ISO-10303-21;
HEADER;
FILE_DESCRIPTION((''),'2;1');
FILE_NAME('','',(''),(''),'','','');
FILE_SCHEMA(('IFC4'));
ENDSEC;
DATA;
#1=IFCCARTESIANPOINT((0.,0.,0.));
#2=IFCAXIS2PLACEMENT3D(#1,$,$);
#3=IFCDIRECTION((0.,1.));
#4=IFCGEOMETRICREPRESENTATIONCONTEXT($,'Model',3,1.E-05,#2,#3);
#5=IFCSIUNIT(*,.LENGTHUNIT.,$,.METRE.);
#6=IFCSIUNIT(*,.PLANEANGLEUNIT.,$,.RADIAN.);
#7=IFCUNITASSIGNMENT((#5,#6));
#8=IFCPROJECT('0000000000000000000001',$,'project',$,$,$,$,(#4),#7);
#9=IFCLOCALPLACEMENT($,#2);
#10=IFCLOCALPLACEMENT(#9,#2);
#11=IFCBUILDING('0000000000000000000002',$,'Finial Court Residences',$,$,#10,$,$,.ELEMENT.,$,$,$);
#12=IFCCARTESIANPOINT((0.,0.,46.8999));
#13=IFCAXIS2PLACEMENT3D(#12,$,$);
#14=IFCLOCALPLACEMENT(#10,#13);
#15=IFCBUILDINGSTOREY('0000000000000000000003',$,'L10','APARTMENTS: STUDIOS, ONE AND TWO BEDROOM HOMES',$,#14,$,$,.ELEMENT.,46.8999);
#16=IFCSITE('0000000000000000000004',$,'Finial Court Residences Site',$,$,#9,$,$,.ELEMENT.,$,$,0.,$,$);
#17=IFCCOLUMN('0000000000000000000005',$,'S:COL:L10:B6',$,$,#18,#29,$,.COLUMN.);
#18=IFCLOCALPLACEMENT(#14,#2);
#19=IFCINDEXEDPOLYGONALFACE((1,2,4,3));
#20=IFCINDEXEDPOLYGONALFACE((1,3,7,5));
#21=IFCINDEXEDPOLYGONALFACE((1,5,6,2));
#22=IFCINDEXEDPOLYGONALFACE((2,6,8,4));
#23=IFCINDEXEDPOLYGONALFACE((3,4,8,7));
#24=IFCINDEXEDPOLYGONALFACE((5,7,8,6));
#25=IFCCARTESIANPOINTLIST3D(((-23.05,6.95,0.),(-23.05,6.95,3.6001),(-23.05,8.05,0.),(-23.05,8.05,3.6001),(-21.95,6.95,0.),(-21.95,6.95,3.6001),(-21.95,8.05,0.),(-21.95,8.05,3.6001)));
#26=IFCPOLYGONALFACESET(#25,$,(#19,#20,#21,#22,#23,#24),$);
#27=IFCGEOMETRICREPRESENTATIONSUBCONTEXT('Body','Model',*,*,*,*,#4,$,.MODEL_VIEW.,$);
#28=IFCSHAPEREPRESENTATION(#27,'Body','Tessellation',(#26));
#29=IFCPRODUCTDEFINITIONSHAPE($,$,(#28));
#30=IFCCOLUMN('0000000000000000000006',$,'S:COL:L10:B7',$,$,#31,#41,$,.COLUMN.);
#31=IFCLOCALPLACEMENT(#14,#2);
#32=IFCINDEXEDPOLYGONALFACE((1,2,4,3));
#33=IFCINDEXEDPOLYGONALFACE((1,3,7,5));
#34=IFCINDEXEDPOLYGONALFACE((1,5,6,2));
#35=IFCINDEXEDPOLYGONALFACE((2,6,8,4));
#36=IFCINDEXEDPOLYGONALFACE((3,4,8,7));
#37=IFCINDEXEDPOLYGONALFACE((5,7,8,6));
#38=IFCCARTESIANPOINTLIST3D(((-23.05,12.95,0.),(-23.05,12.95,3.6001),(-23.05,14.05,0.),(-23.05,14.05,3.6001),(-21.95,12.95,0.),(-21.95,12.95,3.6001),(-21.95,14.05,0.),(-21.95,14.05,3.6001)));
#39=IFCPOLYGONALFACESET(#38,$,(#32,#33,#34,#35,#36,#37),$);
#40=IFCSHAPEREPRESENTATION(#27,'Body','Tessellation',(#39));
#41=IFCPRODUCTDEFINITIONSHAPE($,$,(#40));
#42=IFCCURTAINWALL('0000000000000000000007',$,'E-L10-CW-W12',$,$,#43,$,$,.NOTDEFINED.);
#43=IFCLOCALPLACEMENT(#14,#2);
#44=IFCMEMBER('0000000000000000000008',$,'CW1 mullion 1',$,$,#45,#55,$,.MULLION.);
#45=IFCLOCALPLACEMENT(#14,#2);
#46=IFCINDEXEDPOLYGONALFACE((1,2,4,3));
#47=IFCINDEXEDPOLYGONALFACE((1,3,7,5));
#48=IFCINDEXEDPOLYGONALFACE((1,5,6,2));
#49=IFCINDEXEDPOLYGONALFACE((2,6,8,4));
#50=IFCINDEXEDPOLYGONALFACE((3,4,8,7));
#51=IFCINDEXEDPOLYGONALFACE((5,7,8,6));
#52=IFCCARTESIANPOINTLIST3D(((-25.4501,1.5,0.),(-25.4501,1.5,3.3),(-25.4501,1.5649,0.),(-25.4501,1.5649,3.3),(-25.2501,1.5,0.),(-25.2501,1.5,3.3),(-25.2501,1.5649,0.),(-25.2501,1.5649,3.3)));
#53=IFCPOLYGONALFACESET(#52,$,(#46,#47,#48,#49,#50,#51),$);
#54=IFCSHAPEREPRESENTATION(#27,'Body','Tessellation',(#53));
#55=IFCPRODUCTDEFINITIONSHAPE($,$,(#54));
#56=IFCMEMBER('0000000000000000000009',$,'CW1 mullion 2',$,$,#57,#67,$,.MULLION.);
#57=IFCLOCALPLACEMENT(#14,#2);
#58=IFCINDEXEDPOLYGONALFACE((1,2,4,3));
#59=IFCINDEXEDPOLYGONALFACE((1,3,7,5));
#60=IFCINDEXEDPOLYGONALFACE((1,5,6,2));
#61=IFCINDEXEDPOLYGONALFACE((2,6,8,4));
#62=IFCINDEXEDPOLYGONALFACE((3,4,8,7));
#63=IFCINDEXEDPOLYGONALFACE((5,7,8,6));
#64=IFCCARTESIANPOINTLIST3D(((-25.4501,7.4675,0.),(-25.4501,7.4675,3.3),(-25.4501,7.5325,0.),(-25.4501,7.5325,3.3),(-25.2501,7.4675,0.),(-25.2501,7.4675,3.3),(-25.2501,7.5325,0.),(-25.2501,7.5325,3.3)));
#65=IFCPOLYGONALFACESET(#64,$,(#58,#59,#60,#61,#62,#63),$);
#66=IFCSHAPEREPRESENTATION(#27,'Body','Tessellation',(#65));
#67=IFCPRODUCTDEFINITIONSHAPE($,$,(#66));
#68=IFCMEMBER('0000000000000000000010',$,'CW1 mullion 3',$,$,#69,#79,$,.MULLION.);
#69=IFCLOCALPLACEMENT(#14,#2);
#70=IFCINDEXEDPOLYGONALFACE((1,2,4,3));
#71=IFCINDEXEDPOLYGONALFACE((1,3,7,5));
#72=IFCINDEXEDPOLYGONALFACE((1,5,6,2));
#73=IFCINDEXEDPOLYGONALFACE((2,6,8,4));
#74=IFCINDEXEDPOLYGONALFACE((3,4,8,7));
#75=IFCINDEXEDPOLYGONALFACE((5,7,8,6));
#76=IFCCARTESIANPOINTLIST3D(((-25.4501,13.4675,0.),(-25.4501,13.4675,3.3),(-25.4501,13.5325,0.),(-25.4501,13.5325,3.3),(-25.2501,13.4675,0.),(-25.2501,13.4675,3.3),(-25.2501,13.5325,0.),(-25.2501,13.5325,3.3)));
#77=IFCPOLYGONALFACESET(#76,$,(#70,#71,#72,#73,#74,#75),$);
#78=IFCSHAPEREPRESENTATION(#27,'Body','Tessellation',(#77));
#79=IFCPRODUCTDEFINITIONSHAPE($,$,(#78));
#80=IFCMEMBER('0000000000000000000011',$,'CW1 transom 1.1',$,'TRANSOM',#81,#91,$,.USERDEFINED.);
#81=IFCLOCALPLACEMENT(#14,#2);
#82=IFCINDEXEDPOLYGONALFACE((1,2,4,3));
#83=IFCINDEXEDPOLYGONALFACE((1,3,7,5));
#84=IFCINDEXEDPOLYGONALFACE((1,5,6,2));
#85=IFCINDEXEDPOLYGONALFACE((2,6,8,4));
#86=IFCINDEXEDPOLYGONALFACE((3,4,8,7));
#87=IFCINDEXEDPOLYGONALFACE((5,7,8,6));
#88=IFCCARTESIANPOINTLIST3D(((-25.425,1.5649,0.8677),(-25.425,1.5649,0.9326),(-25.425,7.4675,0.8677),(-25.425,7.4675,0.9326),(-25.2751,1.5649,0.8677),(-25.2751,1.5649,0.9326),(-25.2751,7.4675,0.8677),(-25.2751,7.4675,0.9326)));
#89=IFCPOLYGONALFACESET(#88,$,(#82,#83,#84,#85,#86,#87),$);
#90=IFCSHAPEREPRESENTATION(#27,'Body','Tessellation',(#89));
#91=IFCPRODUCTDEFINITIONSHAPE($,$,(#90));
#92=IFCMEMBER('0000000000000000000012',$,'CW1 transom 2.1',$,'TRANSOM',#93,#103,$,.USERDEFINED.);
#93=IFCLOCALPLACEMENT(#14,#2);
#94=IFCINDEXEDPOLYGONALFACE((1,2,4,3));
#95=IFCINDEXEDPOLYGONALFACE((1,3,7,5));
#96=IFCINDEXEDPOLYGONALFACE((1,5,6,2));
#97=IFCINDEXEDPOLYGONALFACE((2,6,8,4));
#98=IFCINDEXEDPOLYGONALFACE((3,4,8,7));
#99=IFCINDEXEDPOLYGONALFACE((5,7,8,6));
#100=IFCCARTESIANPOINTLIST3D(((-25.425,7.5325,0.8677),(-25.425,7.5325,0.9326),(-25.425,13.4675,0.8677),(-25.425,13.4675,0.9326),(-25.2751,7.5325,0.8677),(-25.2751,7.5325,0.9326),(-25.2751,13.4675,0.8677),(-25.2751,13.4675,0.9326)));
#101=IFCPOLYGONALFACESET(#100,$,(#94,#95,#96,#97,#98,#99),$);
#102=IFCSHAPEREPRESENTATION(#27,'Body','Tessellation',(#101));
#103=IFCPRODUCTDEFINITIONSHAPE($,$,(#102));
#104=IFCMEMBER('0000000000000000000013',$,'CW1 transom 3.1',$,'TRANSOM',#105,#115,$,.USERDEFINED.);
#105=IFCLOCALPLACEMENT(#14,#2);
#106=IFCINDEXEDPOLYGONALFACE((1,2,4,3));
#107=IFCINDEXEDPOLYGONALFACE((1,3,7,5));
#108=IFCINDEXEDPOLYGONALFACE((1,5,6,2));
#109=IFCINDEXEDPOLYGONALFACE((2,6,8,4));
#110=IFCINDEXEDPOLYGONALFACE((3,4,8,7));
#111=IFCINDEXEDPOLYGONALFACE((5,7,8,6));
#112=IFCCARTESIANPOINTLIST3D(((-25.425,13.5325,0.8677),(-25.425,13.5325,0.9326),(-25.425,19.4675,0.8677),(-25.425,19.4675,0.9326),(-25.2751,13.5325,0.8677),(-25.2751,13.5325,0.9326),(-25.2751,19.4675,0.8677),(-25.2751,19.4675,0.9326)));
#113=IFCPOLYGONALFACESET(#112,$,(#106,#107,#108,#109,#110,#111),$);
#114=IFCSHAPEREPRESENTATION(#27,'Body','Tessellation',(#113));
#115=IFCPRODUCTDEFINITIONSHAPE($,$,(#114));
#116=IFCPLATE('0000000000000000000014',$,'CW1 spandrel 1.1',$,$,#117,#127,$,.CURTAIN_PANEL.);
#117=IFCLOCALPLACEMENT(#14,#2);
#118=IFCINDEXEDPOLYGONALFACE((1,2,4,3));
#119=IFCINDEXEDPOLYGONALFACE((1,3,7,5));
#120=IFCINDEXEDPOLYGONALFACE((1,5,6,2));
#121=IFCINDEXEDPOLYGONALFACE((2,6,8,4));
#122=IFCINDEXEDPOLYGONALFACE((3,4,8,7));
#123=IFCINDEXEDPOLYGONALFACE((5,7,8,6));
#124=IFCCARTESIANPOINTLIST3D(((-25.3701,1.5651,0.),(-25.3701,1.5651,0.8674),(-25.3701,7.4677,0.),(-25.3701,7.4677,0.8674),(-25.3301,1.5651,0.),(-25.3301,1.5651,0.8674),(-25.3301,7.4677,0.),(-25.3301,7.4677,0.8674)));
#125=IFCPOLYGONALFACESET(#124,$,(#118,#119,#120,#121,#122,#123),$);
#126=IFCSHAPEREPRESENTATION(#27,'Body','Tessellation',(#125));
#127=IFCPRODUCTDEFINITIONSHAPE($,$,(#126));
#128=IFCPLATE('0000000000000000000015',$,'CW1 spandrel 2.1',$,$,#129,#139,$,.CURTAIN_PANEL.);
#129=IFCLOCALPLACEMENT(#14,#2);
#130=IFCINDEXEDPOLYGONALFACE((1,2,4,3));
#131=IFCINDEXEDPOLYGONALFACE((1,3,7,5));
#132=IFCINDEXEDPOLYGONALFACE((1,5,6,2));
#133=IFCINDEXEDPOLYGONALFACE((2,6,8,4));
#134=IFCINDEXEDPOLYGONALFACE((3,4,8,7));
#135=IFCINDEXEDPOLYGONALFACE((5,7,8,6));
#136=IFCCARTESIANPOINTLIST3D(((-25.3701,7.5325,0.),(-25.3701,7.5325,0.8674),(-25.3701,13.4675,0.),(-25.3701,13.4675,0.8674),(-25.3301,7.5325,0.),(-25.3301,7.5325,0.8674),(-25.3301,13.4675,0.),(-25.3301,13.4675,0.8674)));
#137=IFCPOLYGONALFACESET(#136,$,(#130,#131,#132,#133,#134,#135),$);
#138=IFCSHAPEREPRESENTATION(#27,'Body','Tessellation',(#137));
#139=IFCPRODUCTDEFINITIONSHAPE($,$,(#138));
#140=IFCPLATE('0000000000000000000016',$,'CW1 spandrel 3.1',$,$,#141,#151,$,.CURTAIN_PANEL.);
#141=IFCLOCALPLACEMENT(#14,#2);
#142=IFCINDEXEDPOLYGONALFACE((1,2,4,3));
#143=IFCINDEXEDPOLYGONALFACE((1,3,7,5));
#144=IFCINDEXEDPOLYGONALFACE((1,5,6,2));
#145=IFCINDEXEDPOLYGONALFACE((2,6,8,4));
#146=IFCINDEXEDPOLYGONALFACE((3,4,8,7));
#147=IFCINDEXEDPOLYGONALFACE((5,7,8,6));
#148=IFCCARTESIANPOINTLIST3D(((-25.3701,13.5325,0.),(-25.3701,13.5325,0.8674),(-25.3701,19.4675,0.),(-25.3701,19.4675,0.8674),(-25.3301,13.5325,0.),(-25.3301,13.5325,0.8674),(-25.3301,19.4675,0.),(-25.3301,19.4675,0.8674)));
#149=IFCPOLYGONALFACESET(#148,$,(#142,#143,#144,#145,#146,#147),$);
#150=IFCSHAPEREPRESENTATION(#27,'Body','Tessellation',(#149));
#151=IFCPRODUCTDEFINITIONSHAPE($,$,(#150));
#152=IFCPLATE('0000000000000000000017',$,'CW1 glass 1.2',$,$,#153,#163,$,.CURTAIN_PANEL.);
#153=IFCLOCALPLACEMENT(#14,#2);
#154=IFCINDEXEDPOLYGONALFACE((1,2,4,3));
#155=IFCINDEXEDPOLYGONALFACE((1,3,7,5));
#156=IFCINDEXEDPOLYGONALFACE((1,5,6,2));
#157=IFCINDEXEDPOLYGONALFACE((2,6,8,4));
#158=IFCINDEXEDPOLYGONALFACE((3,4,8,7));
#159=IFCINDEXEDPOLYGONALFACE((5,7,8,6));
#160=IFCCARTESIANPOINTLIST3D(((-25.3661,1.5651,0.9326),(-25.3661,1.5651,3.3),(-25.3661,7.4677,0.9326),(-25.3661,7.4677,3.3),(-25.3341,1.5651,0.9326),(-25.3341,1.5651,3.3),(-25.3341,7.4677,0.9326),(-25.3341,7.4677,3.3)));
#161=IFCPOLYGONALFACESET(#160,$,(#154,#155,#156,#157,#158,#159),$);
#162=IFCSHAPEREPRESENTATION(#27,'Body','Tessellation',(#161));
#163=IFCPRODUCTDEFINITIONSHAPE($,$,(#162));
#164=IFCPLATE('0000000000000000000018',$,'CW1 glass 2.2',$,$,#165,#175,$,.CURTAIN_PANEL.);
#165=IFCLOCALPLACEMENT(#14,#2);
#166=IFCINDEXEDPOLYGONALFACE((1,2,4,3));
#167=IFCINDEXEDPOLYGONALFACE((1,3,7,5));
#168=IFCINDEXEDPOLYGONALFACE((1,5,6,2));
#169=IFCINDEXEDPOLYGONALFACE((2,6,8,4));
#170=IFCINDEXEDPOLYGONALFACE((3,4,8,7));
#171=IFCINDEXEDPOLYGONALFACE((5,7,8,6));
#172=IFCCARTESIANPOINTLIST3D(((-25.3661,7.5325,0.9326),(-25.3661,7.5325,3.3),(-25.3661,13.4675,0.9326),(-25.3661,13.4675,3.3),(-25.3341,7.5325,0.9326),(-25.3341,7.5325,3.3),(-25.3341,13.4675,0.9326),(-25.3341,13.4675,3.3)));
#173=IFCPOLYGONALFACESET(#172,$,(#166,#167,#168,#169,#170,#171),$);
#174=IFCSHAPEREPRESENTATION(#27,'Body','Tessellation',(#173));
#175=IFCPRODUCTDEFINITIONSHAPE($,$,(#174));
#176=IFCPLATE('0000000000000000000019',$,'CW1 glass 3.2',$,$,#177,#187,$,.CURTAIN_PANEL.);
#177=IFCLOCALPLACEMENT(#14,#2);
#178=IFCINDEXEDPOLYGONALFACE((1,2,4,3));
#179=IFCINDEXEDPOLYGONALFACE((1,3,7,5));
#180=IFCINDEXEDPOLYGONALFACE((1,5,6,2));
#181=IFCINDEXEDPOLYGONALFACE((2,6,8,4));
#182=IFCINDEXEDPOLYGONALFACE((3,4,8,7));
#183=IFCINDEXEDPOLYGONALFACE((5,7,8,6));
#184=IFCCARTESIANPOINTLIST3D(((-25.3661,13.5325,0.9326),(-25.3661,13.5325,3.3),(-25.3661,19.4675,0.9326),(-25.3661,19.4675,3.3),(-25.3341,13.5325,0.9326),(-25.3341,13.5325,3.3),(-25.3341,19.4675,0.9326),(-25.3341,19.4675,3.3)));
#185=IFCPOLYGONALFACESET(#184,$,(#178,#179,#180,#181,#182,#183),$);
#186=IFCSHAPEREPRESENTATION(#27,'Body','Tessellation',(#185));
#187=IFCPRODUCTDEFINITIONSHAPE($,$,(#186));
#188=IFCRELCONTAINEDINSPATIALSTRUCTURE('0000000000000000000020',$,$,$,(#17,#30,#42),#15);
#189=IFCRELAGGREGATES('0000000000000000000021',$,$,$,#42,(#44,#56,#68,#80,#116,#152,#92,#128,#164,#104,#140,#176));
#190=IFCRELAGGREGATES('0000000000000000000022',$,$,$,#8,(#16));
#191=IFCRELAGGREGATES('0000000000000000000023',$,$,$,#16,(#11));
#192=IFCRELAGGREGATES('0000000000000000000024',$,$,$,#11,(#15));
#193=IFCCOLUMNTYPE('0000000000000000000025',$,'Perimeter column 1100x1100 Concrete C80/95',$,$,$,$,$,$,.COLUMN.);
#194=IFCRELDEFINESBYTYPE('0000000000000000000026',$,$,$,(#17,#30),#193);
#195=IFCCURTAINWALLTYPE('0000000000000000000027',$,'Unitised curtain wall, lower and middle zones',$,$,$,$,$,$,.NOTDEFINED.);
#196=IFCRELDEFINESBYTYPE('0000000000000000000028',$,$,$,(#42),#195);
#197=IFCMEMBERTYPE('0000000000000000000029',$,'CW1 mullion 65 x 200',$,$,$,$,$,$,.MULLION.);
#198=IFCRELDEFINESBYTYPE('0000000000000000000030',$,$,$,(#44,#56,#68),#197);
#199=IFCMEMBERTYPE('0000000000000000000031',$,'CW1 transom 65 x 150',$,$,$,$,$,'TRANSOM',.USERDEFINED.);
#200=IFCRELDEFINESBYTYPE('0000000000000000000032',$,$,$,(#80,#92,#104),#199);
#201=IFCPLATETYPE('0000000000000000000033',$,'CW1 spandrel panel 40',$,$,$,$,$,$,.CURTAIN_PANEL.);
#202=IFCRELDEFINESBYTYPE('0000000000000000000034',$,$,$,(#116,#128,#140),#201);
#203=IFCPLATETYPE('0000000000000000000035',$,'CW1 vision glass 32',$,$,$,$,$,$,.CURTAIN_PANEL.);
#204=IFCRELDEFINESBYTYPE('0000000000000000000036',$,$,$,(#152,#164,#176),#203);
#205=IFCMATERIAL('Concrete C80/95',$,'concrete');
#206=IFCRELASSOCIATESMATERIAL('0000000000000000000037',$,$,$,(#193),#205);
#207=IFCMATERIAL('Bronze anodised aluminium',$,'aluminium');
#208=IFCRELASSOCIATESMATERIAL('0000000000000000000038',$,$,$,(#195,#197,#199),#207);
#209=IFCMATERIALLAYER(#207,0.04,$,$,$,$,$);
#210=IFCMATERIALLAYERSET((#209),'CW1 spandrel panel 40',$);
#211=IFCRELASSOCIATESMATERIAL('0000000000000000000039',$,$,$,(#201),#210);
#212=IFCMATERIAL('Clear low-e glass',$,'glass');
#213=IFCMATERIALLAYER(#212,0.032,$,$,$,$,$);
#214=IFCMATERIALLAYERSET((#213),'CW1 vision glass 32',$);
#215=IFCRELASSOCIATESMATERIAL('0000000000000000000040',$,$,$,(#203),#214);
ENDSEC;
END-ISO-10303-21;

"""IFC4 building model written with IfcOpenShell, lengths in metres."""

from ifc_helpers import new_model, si_unit, direction, frame, origin, origin_2d, place, context, subcontext, project, spatial, rectangle, extrude, material, layer, layer_set, material_profile, profile_set, type_object, element, aggregate, save


model = new_model("IFC4")

# Units and contexts
model_context = context("Model", 3, precision=1e-05, world=origin(), true_north=direction((0.0, 1.0)))
body_context = subcontext(model_context, "Body", "Model", "MODEL_VIEW")
ifc_project = project(units=[si_unit("LENGTHUNIT", "METRE"), si_unit("PLANEANGLEUNIT", "RADIAN")], contexts=[model_context])

# Site, building, storey
site_placement = place(None, origin())
site = spatial("IfcSite", under=ifc_project, at=site_placement, Name="Finial Court Residences Site", CompositionType="ELEMENT", RefElevation=0.0)
building_placement = place(site_placement, origin())
building = spatial("IfcBuilding", under=site, at=building_placement, Name="Finial Court Residences", CompositionType="ELEMENT")
storey_placement = place(building_placement, frame((0.0, 0.0, 46.8999)))
storey = spatial("IfcBuildingStorey", under=building, at=storey_placement, Name="L10", Description="APARTMENTS: STUDIOS, ONE AND TWO BEDROOM HOMES", CompositionType="ELEMENT", Elevation=46.8999)

# Columns
ifc_material_1 = material(Name="Concrete C80/95", Category="concrete")
ifc_material_profile_1 = material_profile(ifc_material_1, rectangle(XDim=1.1001, YDim=1.1001, at=origin_2d()), Name="1100x1100")
ifc_profile_set_1 = profile_set([ifc_material_profile_1], Name="Concrete C80/95")
column_type = type_object("IfcColumnType", Name="Perimeter column 1100x1100 Concrete C80/95", PredefinedType="COLUMN", material=ifc_profile_set_1)
for number, where, z_axis, x_axis, name in (
    (1, (-22.5, 7.5, 0.0), (0.0, 0.0, 1.0), (1.0, 0.0, 0.0), "S:COL:L10:B6"),
    (2, (-22.5, 13.5, 0.0), (0.0, 0.0, 1.0), (1.0, 0.0, 0.0), "S:COL:L10:B7"),
):
    element("IfcColumn", number, at=place(storey_placement, frame(where, z_axis=z_axis, x_axis=x_axis)), inside=storey, type_object=column_type, Name=name, PredefinedType="COLUMN", context=body_context, shape_type="SweptSolid", body=[
        extrude(rectangle(XDim=1.1001, YDim=1.1001, at=origin_2d()), origin(), (0.0, 0.0, 1.0), 3.6001),
    ])

# Curtain wall, members, plates
ifc_material_2 = material(Name="Bronze anodised aluminium", Category="aluminium")
curtain_wall_type = type_object("IfcCurtainWallType", Name="Unitised curtain wall, lower and middle zones", PredefinedType="NOTDEFINED", material=ifc_material_2)
curtain_wall_placement = place(storey_placement, origin())
curtain_wall = element("IfcCurtainWall", 3, at=curtain_wall_placement, inside=storey, type_object=curtain_wall_type, Name="E-L10-CW-W12", PredefinedType="NOTDEFINED")
ifc_material_profile_2 = material_profile(ifc_material_2, rectangle(XDim=0.2, YDim=0.0649, at=origin_2d()), Name="CW1 mullion 65 x 200")
ifc_profile_set_2 = profile_set([ifc_material_profile_2], Name="Bronze anodised aluminium")
member_type_1 = type_object("IfcMemberType", Name="CW1 mullion 65 x 200", PredefinedType="MULLION", material=ifc_profile_set_2)
member_1_placement = place(storey_placement, frame((-25.3501, 1.5325, 0.0), z_axis=(0.0, 0.0, 1.0), x_axis=(-1.0, 0.0, 0.0)))
member_1 = element("IfcMember", 4, at=member_1_placement, type_object=member_type_1, Name="CW1 mullion 1", PredefinedType="MULLION", context=body_context, shape_type="SweptSolid", body=[
    extrude(rectangle(XDim=0.2, YDim=0.0649, at=origin_2d()), origin(), (0.0, 0.0, 1.0), 3.3),
])
member_2_placement = place(storey_placement, frame((-25.3501, 7.5, 0.0), z_axis=(0.0, 0.0, 1.0), x_axis=(-1.0, 0.0, 0.0)))
member_2 = element("IfcMember", 5, at=member_2_placement, type_object=member_type_1, Name="CW1 mullion 2", PredefinedType="MULLION", context=body_context, shape_type="SweptSolid", body=[
    extrude(rectangle(XDim=0.2, YDim=0.0649, at=origin_2d()), origin(), (0.0, 0.0, 1.0), 3.3),
])
member_3_placement = place(storey_placement, frame((-25.3501, 13.5, 0.0), z_axis=(0.0, 0.0, 1.0), x_axis=(-1.0, 0.0, 0.0)))
member_3 = element("IfcMember", 6, at=member_3_placement, type_object=member_type_1, Name="CW1 mullion 3", PredefinedType="MULLION", context=body_context, shape_type="SweptSolid", body=[
    extrude(rectangle(XDim=0.2, YDim=0.0649, at=origin_2d()), origin(), (0.0, 0.0, 1.0), 3.3),
])
ifc_material_profile_3 = material_profile(ifc_material_2, rectangle(XDim=0.1499, YDim=0.0649, at=origin_2d()), Name="CW1 transom 65 x 150")
ifc_profile_set_3 = profile_set([ifc_material_profile_3], Name="Bronze anodised aluminium")
member_type_2 = type_object("IfcMemberType", Name="CW1 transom 65 x 150", ElementType="TRANSOM", PredefinedType="USERDEFINED", material=ifc_profile_set_3)
member_4_placement = place(storey_placement, frame((-25.3501, 1.5649, 0.9001), z_axis=(0.0, 1.0, 0.0), x_axis=(-1.0, 0.0, 0.0)))
member_4 = element("IfcMember", 7, at=member_4_placement, type_object=member_type_2, Name="CW1 transom 1.1", ObjectType="TRANSOM", PredefinedType="USERDEFINED", context=body_context, shape_type="SweptSolid", body=[
    extrude(rectangle(XDim=0.1499, YDim=0.0649, at=origin_2d()), origin(), (0.0, 0.0, 1.0), 5.9026),
])
member_5_placement = place(storey_placement, frame((-25.3501, 7.5325, 0.9001), z_axis=(0.0, 1.0, 0.0), x_axis=(-1.0, 0.0, 0.0)))
member_5 = element("IfcMember", 8, at=member_5_placement, type_object=member_type_2, Name="CW1 transom 2.1", ObjectType="TRANSOM", PredefinedType="USERDEFINED", context=body_context, shape_type="SweptSolid", body=[
    extrude(rectangle(XDim=0.1499, YDim=0.0649, at=origin_2d()), origin(), (0.0, 0.0, 1.0), 5.9351),
])
member_6_placement = place(storey_placement, frame((-25.3501, 13.5325, 0.9001), z_axis=(0.0, 1.0, 0.0), x_axis=(-1.0, 0.0, 0.0)))
member_6 = element("IfcMember", 9, at=member_6_placement, type_object=member_type_2, Name="CW1 transom 3.1", ObjectType="TRANSOM", PredefinedType="USERDEFINED", context=body_context, shape_type="SweptSolid", body=[
    extrude(rectangle(XDim=0.1499, YDim=0.0649, at=origin_2d()), origin(), (0.0, 0.0, 1.0), 5.9351),
])
ifc_layer_1 = layer(ifc_material_2, 0.04)
ifc_layer_set_1 = layer_set([ifc_layer_1], Name="CW1 spandrel panel 40")
plate_type_1 = type_object("IfcPlateType", Name="CW1 spandrel panel 40", PredefinedType="CURTAIN_PANEL", material=ifc_layer_set_1)
plate_1_placement = place(storey_placement, frame((-25.3501, 4.5164, 0.0), z_axis=(0.0, 0.0, 1.0), x_axis=(0.0, 1.0, 0.0)))
plate_1 = element("IfcPlate", 10, at=plate_1_placement, type_object=plate_type_1, Name="CW1 spandrel 1.1", PredefinedType="CURTAIN_PANEL", context=body_context, shape_type="SweptSolid", body=[
    extrude(rectangle(XDim=5.9026, YDim=0.04, at=origin_2d()), origin(), (0.0, 0.0, 1.0), 0.8674),
])
plate_2_placement = place(storey_placement, frame((-25.3501, 10.5, 0.0), z_axis=(0.0, 0.0, 1.0), x_axis=(0.0, 1.0, 0.0)))
plate_2 = element("IfcPlate", 11, at=plate_2_placement, type_object=plate_type_1, Name="CW1 spandrel 2.1", PredefinedType="CURTAIN_PANEL", context=body_context, shape_type="SweptSolid", body=[
    extrude(rectangle(XDim=5.9351, YDim=0.04, at=origin_2d()), origin(), (0.0, 0.0, 1.0), 0.8674),
])
plate_3_placement = place(storey_placement, frame((-25.3501, 16.5, 0.0), z_axis=(0.0, 0.0, 1.0), x_axis=(0.0, 1.0, 0.0)))
plate_3 = element("IfcPlate", 12, at=plate_3_placement, type_object=plate_type_1, Name="CW1 spandrel 3.1", PredefinedType="CURTAIN_PANEL", context=body_context, shape_type="SweptSolid", body=[
    extrude(rectangle(XDim=5.9351, YDim=0.04, at=origin_2d()), origin(), (0.0, 0.0, 1.0), 0.8674),
])
ifc_material_3 = material(Name="Clear low-e glass", Category="glass")
ifc_layer_2 = layer(ifc_material_3, 0.032)
ifc_layer_set_2 = layer_set([ifc_layer_2], Name="CW1 vision glass 32")
plate_type_2 = type_object("IfcPlateType", Name="CW1 vision glass 32", PredefinedType="CURTAIN_PANEL", material=ifc_layer_set_2)
plate_4_placement = place(storey_placement, frame((-25.3501, 4.5164, 0.9326), z_axis=(0.0, 0.0, 1.0), x_axis=(0.0, 1.0, 0.0)))
plate_4 = element("IfcPlate", 13, at=plate_4_placement, type_object=plate_type_2, Name="CW1 glass 1.2", PredefinedType="CURTAIN_PANEL", context=body_context, shape_type="SweptSolid", body=[
    extrude(rectangle(XDim=5.9026, YDim=0.032, at=origin_2d()), origin(), (0.0, 0.0, 1.0), 2.3674),
])
plate_5_placement = place(storey_placement, frame((-25.3501, 10.5, 0.9326), z_axis=(0.0, 0.0, 1.0), x_axis=(0.0, 1.0, 0.0)))
plate_5 = element("IfcPlate", 14, at=plate_5_placement, type_object=plate_type_2, Name="CW1 glass 2.2", PredefinedType="CURTAIN_PANEL", context=body_context, shape_type="SweptSolid", body=[
    extrude(rectangle(XDim=5.9351, YDim=0.032, at=origin_2d()), origin(), (0.0, 0.0, 1.0), 2.3674),
])
plate_6_placement = place(storey_placement, frame((-25.3501, 16.5, 0.9326), z_axis=(0.0, 0.0, 1.0), x_axis=(0.0, 1.0, 0.0)))
plate_6 = element("IfcPlate", 15, at=plate_6_placement, type_object=plate_type_2, Name="CW1 glass 3.2", PredefinedType="CURTAIN_PANEL", context=body_context, shape_type="SweptSolid", body=[
    extrude(rectangle(XDim=5.9351, YDim=0.032, at=origin_2d()), origin(), (0.0, 0.0, 1.0), 2.3674),
])
aggregate(curtain_wall, [member_1, member_2, member_3, member_4, plate_1, plate_4, member_5, plate_2, plate_5, member_6, plate_3, plate_6])

save(model, "model.ifc")
